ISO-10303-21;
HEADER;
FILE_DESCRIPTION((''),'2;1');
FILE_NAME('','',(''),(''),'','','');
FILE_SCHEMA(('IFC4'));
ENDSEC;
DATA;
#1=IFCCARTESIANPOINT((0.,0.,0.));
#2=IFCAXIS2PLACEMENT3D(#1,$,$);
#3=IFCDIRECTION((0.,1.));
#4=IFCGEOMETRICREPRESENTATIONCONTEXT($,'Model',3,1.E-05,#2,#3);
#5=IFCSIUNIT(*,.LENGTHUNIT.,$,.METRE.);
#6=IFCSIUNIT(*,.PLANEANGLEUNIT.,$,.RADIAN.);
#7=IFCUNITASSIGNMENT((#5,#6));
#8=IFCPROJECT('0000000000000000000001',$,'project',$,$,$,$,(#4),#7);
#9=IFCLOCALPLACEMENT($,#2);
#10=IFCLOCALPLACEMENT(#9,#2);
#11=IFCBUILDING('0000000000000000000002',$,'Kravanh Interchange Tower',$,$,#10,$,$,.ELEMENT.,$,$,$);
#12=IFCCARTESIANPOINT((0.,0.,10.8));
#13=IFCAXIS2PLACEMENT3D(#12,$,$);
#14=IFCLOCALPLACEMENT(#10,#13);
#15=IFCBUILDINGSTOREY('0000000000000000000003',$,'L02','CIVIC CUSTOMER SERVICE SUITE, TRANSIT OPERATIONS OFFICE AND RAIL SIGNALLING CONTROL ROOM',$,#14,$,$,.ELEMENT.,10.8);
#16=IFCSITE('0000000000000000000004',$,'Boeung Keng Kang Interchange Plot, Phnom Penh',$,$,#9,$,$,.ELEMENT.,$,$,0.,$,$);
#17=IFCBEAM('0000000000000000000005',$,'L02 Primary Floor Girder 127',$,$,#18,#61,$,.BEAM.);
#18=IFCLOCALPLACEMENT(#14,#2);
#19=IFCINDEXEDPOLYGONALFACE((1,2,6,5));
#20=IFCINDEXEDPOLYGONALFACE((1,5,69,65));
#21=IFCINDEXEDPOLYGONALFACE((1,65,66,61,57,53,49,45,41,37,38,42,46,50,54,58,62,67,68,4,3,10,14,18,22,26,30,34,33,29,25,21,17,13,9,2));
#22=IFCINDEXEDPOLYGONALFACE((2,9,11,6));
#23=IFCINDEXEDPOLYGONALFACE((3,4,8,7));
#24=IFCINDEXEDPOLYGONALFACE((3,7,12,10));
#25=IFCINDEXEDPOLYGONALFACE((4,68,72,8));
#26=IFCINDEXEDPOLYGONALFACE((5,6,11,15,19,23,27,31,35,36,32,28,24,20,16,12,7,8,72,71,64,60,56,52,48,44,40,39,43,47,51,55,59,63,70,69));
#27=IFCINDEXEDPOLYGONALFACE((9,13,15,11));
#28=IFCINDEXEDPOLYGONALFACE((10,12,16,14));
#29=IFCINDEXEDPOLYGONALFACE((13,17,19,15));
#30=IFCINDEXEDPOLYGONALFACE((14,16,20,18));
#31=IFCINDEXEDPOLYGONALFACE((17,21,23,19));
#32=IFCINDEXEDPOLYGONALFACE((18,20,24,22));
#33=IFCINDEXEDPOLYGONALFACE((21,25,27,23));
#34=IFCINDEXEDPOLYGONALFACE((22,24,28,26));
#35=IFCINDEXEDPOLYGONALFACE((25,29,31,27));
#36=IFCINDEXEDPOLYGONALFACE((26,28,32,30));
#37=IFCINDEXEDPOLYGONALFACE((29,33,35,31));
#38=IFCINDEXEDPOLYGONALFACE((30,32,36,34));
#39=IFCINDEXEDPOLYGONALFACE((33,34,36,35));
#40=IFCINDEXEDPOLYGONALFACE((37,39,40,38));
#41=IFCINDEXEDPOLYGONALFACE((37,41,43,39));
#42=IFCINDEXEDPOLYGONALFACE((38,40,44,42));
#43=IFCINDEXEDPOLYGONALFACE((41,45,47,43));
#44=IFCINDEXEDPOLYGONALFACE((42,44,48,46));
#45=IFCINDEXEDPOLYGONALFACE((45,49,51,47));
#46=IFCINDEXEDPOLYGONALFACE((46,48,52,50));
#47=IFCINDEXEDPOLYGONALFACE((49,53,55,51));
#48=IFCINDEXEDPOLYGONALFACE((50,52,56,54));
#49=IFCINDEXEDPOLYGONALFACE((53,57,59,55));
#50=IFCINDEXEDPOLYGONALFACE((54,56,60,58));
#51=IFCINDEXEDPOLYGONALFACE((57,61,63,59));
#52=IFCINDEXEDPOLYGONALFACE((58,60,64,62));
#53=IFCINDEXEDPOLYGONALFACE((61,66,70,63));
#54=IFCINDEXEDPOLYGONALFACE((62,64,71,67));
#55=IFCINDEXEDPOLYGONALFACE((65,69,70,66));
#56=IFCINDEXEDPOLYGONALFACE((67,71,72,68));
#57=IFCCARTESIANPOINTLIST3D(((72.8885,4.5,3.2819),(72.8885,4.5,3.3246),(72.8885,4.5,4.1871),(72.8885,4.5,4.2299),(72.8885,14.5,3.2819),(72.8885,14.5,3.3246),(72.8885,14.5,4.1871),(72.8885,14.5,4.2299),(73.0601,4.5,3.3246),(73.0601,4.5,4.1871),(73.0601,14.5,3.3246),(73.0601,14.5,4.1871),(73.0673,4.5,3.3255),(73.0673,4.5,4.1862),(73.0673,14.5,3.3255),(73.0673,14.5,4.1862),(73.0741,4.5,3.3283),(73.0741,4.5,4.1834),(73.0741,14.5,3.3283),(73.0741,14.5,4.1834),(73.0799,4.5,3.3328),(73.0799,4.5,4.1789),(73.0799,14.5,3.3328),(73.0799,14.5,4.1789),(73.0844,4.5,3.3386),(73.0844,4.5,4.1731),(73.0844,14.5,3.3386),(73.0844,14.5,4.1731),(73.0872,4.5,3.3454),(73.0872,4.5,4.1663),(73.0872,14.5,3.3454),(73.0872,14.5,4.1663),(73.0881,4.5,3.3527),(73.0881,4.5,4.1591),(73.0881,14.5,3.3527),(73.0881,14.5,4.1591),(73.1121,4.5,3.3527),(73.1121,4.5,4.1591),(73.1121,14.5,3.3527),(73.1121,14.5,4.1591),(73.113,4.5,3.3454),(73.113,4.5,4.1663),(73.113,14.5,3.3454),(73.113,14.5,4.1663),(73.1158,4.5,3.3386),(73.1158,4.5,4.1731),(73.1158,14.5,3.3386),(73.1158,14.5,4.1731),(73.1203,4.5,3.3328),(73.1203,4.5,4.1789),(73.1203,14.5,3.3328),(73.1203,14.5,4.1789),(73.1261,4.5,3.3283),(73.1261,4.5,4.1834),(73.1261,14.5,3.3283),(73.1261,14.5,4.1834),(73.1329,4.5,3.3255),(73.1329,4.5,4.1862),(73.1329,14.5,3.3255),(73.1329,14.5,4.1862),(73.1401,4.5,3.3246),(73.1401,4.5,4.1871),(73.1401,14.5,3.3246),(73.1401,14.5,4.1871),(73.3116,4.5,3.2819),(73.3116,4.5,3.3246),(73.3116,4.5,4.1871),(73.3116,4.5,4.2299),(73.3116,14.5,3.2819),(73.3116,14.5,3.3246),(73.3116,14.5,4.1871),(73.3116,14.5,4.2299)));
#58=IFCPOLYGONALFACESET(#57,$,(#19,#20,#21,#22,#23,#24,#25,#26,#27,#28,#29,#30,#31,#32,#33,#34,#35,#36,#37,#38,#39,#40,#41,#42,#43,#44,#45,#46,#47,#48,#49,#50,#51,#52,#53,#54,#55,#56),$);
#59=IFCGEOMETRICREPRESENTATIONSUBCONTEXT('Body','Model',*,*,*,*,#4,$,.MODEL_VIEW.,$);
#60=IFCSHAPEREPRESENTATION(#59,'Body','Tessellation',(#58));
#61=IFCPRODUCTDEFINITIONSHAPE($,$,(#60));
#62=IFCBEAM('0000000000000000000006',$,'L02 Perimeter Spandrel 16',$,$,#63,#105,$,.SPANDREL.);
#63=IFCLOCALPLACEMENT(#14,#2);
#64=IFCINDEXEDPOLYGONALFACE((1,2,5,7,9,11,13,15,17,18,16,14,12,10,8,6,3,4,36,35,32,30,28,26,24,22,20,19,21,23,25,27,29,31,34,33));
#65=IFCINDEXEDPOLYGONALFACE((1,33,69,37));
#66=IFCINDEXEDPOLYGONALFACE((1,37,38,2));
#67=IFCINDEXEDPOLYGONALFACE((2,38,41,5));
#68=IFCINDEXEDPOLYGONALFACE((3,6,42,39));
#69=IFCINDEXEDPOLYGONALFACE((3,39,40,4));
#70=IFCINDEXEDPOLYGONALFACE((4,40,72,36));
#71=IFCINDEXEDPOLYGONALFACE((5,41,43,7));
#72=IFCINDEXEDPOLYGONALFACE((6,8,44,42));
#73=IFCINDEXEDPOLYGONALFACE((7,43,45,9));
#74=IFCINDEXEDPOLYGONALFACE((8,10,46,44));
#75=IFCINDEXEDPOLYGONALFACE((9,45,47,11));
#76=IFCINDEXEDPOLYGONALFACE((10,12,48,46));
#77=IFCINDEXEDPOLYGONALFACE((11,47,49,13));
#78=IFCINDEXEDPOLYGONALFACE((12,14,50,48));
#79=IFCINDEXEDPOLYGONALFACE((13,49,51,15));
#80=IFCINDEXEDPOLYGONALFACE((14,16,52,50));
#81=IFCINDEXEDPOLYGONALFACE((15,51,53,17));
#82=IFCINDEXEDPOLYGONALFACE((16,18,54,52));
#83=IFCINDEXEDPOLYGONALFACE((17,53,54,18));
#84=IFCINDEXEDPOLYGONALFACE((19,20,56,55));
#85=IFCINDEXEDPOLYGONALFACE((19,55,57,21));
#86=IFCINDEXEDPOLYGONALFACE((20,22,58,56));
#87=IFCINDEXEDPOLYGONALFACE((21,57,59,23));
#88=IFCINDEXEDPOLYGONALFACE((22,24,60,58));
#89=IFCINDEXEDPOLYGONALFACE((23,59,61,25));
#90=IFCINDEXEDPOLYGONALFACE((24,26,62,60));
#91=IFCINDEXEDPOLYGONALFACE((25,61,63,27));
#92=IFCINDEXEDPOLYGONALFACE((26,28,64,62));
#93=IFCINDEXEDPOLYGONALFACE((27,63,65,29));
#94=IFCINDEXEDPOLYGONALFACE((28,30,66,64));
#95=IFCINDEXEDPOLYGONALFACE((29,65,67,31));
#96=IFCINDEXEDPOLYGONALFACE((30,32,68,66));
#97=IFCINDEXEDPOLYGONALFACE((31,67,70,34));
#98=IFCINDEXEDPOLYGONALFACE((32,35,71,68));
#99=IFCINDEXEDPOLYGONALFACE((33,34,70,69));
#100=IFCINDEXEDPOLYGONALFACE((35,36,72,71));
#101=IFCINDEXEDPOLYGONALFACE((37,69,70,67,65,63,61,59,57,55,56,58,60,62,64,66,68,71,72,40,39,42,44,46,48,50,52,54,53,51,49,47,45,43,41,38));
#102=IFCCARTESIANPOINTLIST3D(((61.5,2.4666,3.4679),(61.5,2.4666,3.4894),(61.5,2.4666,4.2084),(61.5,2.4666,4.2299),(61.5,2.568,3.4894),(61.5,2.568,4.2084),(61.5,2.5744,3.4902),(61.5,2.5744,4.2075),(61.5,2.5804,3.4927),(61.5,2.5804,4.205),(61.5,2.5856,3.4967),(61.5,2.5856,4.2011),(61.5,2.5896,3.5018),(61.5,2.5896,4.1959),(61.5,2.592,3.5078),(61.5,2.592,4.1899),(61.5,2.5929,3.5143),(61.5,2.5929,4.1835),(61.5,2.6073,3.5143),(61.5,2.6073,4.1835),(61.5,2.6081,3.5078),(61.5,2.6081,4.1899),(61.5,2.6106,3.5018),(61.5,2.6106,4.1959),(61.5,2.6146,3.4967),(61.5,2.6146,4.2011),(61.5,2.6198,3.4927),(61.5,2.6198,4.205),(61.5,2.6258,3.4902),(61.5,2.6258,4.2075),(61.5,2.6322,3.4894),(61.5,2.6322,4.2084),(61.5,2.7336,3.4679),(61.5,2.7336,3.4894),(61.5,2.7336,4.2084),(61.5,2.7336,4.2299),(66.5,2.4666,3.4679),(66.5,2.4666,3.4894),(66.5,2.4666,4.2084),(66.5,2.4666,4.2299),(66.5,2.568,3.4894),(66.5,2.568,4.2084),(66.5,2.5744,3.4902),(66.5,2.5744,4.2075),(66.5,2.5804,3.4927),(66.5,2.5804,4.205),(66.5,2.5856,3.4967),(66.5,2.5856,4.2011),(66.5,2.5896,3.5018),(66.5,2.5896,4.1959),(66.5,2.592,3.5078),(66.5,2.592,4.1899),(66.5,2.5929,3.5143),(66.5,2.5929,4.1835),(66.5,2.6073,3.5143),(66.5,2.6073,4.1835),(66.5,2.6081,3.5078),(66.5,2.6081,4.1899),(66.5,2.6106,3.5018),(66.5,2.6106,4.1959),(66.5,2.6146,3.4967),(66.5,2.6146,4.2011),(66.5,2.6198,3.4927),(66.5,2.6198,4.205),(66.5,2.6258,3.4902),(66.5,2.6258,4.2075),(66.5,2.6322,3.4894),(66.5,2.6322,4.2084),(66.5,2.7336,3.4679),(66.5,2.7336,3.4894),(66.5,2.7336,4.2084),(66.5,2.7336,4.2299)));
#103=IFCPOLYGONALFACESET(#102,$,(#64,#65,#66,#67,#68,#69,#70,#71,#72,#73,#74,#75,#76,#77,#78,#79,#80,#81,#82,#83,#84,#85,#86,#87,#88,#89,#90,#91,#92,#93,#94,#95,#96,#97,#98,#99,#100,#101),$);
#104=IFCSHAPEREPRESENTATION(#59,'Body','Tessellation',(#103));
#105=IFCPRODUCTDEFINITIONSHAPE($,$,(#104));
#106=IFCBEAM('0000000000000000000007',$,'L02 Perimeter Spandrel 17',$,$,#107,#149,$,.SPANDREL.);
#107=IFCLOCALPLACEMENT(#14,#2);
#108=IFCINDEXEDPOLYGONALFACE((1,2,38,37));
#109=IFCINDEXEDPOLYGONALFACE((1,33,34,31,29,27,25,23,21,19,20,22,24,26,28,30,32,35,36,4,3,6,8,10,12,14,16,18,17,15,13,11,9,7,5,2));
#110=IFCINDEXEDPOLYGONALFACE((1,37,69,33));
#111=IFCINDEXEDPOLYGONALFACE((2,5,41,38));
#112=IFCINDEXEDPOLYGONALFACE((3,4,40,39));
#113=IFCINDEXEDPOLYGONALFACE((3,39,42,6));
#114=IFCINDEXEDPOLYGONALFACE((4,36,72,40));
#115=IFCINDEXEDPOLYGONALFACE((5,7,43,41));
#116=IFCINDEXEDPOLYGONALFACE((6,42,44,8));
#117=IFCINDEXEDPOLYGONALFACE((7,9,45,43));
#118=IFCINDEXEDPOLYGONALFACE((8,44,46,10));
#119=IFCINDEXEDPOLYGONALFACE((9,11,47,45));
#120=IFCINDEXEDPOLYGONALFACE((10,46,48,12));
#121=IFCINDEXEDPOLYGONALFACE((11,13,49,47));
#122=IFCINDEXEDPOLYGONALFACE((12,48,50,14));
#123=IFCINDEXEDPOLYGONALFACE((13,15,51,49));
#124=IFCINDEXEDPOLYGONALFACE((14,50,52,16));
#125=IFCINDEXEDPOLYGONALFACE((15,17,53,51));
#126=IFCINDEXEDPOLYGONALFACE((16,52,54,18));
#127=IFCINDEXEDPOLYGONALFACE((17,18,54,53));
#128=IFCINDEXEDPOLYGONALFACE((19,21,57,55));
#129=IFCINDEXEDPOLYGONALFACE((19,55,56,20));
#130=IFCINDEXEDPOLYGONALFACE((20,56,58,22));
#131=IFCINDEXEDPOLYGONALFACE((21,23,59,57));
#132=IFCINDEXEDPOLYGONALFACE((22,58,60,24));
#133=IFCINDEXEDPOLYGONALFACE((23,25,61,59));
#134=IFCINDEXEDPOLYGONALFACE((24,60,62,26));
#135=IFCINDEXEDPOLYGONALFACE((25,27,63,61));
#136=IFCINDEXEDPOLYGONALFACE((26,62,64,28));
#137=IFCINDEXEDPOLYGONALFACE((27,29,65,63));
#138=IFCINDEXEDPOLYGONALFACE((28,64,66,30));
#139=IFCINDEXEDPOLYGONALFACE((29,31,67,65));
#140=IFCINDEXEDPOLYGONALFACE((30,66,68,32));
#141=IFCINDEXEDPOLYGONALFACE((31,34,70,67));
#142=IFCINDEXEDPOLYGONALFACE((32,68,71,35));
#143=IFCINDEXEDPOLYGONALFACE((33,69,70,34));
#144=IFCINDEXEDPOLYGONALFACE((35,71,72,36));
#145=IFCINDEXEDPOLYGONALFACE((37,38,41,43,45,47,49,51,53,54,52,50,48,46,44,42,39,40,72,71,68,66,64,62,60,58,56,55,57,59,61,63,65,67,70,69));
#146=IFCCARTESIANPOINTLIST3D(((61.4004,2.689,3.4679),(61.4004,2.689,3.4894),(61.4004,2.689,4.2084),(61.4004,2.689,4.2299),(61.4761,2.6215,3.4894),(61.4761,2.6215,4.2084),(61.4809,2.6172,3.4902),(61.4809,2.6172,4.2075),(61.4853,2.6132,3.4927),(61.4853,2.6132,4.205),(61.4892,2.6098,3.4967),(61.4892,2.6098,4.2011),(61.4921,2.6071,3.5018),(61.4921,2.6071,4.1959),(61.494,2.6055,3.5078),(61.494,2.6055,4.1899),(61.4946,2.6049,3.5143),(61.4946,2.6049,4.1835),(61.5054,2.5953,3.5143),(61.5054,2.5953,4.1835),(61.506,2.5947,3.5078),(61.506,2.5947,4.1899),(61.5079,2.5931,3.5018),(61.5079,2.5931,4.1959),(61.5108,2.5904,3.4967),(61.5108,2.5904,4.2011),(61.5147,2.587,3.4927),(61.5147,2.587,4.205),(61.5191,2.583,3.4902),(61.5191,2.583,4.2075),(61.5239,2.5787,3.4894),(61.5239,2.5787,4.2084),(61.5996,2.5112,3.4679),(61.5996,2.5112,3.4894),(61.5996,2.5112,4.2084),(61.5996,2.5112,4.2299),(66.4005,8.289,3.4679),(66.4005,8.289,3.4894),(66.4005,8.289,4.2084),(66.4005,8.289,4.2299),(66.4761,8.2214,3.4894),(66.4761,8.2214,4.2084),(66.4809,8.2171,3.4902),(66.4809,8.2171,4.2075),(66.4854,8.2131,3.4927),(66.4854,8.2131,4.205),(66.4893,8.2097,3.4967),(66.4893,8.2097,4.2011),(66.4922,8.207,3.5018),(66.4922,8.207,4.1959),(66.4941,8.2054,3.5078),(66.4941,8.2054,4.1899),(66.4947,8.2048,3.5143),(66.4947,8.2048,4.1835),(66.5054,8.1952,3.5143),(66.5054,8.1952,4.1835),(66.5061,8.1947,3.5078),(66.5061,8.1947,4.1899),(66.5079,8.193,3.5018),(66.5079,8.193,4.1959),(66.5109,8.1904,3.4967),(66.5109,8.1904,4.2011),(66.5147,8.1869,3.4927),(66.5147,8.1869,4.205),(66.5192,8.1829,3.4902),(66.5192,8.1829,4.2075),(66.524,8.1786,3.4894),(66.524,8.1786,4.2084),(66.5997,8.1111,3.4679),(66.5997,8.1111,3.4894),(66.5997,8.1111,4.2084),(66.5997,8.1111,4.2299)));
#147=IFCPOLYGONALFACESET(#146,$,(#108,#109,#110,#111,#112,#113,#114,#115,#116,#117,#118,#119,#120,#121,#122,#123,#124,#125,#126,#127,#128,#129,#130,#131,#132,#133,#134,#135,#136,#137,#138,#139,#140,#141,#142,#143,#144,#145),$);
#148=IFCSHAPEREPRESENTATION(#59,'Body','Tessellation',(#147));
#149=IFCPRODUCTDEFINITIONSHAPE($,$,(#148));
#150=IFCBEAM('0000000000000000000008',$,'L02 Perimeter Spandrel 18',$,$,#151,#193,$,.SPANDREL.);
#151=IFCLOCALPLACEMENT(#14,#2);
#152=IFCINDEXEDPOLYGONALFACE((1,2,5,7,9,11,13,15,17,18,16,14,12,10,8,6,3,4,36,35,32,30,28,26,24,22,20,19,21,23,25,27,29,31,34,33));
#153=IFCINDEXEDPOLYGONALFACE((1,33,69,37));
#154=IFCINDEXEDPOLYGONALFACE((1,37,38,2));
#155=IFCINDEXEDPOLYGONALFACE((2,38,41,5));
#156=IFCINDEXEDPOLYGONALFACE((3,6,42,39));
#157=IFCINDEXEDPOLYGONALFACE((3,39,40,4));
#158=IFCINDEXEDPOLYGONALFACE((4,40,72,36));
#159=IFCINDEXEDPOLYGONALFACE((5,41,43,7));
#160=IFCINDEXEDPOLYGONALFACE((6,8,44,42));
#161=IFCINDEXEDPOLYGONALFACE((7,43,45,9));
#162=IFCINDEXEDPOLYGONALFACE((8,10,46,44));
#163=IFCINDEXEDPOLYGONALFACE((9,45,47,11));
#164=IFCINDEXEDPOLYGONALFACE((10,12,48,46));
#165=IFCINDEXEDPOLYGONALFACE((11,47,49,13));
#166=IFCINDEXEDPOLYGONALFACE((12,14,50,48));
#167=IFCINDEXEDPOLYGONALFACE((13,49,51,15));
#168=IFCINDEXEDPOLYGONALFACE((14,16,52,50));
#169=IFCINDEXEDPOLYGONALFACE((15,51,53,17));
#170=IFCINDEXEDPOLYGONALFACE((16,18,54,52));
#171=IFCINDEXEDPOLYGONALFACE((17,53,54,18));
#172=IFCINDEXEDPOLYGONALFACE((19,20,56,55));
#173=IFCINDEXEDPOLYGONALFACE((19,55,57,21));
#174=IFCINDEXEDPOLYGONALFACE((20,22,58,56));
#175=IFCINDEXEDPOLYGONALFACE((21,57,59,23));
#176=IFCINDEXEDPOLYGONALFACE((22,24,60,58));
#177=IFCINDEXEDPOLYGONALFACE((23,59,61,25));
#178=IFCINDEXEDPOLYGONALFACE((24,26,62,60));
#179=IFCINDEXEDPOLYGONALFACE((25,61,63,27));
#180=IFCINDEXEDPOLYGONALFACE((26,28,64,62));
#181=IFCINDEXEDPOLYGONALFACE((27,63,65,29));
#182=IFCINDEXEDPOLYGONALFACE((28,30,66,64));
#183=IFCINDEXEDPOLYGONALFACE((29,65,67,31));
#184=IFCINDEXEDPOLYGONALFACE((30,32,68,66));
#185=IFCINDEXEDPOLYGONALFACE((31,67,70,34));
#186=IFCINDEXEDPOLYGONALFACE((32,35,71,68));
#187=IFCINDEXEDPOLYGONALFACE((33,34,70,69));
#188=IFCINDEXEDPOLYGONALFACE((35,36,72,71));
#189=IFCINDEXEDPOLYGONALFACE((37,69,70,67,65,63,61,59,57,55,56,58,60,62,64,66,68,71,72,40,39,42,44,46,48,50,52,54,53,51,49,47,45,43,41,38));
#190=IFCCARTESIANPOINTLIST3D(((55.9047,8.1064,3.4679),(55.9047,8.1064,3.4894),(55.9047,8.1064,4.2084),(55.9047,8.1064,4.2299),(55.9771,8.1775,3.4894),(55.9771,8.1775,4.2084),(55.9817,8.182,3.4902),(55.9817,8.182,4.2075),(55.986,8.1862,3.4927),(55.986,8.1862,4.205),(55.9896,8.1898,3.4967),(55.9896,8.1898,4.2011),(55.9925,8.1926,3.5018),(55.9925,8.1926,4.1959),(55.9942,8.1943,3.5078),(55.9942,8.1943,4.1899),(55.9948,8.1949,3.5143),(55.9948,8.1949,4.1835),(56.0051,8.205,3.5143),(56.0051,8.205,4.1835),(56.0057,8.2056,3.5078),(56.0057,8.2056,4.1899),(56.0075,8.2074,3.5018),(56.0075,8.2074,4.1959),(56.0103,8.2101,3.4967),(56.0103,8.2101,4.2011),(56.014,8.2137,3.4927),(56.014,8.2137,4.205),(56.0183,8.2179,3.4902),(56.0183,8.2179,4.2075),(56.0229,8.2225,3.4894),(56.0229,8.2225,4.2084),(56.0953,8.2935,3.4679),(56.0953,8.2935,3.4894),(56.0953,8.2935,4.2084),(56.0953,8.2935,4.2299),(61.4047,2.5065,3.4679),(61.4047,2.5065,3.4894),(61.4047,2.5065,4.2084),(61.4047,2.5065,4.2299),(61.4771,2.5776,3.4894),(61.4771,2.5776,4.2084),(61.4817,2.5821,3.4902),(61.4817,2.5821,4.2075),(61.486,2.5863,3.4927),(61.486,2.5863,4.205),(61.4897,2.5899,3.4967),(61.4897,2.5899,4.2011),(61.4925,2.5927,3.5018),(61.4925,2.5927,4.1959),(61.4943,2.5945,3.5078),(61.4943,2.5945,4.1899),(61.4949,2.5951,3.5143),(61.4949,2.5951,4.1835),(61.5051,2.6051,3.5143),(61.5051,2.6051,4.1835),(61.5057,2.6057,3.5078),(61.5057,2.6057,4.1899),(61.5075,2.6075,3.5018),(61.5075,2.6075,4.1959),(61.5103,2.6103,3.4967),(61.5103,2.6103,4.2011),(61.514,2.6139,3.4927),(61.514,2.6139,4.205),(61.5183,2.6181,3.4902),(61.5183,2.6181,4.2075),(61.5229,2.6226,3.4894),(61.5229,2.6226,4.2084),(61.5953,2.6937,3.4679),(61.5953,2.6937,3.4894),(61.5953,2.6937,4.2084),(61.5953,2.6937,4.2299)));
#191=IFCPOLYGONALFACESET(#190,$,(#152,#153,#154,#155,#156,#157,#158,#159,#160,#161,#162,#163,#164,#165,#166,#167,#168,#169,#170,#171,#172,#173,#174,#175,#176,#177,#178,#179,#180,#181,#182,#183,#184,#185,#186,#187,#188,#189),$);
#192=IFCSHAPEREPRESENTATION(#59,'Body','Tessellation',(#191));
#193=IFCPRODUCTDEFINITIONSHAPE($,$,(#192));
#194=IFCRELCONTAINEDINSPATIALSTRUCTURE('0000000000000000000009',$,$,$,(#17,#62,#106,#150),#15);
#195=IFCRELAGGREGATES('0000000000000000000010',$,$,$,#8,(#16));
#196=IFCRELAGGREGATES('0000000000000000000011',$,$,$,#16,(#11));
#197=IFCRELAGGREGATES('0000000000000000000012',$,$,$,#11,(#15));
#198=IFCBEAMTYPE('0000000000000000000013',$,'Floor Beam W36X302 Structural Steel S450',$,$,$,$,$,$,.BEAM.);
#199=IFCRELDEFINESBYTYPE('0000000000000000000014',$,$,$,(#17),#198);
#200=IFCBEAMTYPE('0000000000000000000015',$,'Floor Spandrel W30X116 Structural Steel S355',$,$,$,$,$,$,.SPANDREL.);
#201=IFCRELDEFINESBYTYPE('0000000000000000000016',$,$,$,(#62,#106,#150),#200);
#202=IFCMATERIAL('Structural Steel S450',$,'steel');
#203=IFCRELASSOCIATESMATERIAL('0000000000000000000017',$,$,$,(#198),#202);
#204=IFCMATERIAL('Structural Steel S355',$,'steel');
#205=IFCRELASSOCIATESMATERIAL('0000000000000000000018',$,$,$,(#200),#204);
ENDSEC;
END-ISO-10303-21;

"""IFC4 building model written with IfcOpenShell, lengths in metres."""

from ifc_helpers import new_model, si_unit, direction, frame, origin, origin_2d, place, context, subcontext, project, spatial, i_section, extrude, material, material_profile, profile_set, type_object, element, save


model = new_model("IFC4")

# Units and contexts
model_context = context("Model", 3, precision=1e-05, world=origin(), true_north=direction((0.0, 1.0)))
body_context = subcontext(model_context, "Body", "Model", "MODEL_VIEW")
ifc_project = project(units=[si_unit("LENGTHUNIT", "METRE"), si_unit("PLANEANGLEUNIT", "RADIAN")], contexts=[model_context])

# Site, building, storey
site_placement = place(None, origin())
site = spatial("IfcSite", under=ifc_project, at=site_placement, Name="Boeung Keng Kang Interchange Plot, Phnom Penh", CompositionType="ELEMENT", RefElevation=0.0)
building_placement = place(site_placement, origin())
building = spatial("IfcBuilding", under=site, at=building_placement, Name="Kravanh Interchange Tower", CompositionType="ELEMENT")
storey_placement = place(building_placement, frame((0.0, 0.0, 10.8)))
storey = spatial("IfcBuildingStorey", under=building, at=storey_placement, Name="L02", Description="CIVIC CUSTOMER SERVICE SUITE, TRANSIT OPERATIONS OFFICE AND RAIL SIGNALLING CONTROL ROOM", CompositionType="ELEMENT", Elevation=10.8)

# Beams
ifc_material_1 = material(Name="Structural Steel S450", Category="steel")
ifc_material_profile_1 = material_profile(ifc_material_1, i_section(OverallWidth=0.4231, OverallDepth=0.948, WebThickness=0.0239, FlangeThickness=0.0427, FilletRadius=0.0281, at=origin_2d()), Name="W36X302")
ifc_profile_set_1 = profile_set([ifc_material_profile_1], Name="Structural Steel S450")
beam_type_1 = type_object("IfcBeamType", Name="Floor Beam W36X302 Structural Steel S450", PredefinedType="BEAM", material=ifc_profile_set_1)
beam_1_placement = place(storey_placement, frame((73.1001, 4.5, 3.7559), z_axis=(0.0, 1.0, 0.0), x_axis=(-1.0, 0.0, 0.0)))
element("IfcBeam", 1, at=beam_1_placement, inside=storey, type_object=beam_type_1, Name="L02 Primary Floor Girder 127", PredefinedType="BEAM", context=body_context, shape_type="SweptSolid", body=[
    extrude(i_section(OverallWidth=0.4231, OverallDepth=0.948, WebThickness=0.0239, FlangeThickness=0.0427, FilletRadius=0.0281, at=origin_2d()), origin(), (0.0, 0.0, 1.0), 10.0),
])
ifc_material_2 = material(Name="Structural Steel S355", Category="steel")
ifc_material_profile_2 = material_profile(ifc_material_2, i_section(OverallWidth=0.2671, OverallDepth=0.762, WebThickness=0.0144, FlangeThickness=0.0215, FilletRadius=0.0249, at=origin_2d()), Name="W30X116")
ifc_profile_set_2 = profile_set([ifc_material_profile_2], Name="Structural Steel S355")
beam_type_2 = type_object("IfcBeamType", Name="Floor Spandrel W30X116 Structural Steel S355", PredefinedType="SPANDREL", material=ifc_profile_set_2)
beam_2_placement = place(storey_placement, frame((61.5, 2.6001, 3.8489), z_axis=(1.0, 0.0, 0.0), x_axis=(0.0, 1.0, 0.0)))
element("IfcBeam", 2, at=beam_2_placement, inside=storey, type_object=beam_type_2, Name="L02 Perimeter Spandrel 16", PredefinedType="SPANDREL", context=body_context, shape_type="SweptSolid", body=[
    extrude(i_section(OverallWidth=0.2671, OverallDepth=0.762, WebThickness=0.0144, FlangeThickness=0.0215, FilletRadius=0.0249, at=origin_2d()), origin(), (0.0, 0.0, 1.0), 5.0),
])
beam_3_placement = place(storey_placement, frame((61.5, 2.6001, 3.8489), z_axis=(0.666025, 0.745929, 0.0), x_axis=(-0.745929, 0.666025, 0.0)))
element("IfcBeam", 3, at=beam_3_placement, inside=storey, type_object=beam_type_2, Name="L02 Perimeter Spandrel 17", PredefinedType="SPANDREL", context=body_context, shape_type="SweptSolid", body=[
    extrude(i_section(OverallWidth=0.2671, OverallDepth=0.762, WebThickness=0.0144, FlangeThickness=0.0215, FilletRadius=0.0249, at=origin_2d()), origin(), (0.0, 0.0, 1.0), 7.5073),
])
beam_4_placement = place(storey_placement, frame((61.5, 2.6001, 3.8489), z_axis=(-0.700717, 0.713439, 0.0), x_axis=(-0.713439, -0.700717, 0.0)))
element("IfcBeam", 4, at=beam_4_placement, inside=storey, type_object=beam_type_2, Name="L02 Perimeter Spandrel 18", PredefinedType="SPANDREL", context=body_context, shape_type="SweptSolid", body=[
    extrude(i_section(OverallWidth=0.2671, OverallDepth=0.762, WebThickness=0.0144, FlangeThickness=0.0215, FilletRadius=0.0249, at=origin_2d()), origin(), (0.0, 0.0, 1.0), 7.8491),
])

save(model, "model.ifc")
